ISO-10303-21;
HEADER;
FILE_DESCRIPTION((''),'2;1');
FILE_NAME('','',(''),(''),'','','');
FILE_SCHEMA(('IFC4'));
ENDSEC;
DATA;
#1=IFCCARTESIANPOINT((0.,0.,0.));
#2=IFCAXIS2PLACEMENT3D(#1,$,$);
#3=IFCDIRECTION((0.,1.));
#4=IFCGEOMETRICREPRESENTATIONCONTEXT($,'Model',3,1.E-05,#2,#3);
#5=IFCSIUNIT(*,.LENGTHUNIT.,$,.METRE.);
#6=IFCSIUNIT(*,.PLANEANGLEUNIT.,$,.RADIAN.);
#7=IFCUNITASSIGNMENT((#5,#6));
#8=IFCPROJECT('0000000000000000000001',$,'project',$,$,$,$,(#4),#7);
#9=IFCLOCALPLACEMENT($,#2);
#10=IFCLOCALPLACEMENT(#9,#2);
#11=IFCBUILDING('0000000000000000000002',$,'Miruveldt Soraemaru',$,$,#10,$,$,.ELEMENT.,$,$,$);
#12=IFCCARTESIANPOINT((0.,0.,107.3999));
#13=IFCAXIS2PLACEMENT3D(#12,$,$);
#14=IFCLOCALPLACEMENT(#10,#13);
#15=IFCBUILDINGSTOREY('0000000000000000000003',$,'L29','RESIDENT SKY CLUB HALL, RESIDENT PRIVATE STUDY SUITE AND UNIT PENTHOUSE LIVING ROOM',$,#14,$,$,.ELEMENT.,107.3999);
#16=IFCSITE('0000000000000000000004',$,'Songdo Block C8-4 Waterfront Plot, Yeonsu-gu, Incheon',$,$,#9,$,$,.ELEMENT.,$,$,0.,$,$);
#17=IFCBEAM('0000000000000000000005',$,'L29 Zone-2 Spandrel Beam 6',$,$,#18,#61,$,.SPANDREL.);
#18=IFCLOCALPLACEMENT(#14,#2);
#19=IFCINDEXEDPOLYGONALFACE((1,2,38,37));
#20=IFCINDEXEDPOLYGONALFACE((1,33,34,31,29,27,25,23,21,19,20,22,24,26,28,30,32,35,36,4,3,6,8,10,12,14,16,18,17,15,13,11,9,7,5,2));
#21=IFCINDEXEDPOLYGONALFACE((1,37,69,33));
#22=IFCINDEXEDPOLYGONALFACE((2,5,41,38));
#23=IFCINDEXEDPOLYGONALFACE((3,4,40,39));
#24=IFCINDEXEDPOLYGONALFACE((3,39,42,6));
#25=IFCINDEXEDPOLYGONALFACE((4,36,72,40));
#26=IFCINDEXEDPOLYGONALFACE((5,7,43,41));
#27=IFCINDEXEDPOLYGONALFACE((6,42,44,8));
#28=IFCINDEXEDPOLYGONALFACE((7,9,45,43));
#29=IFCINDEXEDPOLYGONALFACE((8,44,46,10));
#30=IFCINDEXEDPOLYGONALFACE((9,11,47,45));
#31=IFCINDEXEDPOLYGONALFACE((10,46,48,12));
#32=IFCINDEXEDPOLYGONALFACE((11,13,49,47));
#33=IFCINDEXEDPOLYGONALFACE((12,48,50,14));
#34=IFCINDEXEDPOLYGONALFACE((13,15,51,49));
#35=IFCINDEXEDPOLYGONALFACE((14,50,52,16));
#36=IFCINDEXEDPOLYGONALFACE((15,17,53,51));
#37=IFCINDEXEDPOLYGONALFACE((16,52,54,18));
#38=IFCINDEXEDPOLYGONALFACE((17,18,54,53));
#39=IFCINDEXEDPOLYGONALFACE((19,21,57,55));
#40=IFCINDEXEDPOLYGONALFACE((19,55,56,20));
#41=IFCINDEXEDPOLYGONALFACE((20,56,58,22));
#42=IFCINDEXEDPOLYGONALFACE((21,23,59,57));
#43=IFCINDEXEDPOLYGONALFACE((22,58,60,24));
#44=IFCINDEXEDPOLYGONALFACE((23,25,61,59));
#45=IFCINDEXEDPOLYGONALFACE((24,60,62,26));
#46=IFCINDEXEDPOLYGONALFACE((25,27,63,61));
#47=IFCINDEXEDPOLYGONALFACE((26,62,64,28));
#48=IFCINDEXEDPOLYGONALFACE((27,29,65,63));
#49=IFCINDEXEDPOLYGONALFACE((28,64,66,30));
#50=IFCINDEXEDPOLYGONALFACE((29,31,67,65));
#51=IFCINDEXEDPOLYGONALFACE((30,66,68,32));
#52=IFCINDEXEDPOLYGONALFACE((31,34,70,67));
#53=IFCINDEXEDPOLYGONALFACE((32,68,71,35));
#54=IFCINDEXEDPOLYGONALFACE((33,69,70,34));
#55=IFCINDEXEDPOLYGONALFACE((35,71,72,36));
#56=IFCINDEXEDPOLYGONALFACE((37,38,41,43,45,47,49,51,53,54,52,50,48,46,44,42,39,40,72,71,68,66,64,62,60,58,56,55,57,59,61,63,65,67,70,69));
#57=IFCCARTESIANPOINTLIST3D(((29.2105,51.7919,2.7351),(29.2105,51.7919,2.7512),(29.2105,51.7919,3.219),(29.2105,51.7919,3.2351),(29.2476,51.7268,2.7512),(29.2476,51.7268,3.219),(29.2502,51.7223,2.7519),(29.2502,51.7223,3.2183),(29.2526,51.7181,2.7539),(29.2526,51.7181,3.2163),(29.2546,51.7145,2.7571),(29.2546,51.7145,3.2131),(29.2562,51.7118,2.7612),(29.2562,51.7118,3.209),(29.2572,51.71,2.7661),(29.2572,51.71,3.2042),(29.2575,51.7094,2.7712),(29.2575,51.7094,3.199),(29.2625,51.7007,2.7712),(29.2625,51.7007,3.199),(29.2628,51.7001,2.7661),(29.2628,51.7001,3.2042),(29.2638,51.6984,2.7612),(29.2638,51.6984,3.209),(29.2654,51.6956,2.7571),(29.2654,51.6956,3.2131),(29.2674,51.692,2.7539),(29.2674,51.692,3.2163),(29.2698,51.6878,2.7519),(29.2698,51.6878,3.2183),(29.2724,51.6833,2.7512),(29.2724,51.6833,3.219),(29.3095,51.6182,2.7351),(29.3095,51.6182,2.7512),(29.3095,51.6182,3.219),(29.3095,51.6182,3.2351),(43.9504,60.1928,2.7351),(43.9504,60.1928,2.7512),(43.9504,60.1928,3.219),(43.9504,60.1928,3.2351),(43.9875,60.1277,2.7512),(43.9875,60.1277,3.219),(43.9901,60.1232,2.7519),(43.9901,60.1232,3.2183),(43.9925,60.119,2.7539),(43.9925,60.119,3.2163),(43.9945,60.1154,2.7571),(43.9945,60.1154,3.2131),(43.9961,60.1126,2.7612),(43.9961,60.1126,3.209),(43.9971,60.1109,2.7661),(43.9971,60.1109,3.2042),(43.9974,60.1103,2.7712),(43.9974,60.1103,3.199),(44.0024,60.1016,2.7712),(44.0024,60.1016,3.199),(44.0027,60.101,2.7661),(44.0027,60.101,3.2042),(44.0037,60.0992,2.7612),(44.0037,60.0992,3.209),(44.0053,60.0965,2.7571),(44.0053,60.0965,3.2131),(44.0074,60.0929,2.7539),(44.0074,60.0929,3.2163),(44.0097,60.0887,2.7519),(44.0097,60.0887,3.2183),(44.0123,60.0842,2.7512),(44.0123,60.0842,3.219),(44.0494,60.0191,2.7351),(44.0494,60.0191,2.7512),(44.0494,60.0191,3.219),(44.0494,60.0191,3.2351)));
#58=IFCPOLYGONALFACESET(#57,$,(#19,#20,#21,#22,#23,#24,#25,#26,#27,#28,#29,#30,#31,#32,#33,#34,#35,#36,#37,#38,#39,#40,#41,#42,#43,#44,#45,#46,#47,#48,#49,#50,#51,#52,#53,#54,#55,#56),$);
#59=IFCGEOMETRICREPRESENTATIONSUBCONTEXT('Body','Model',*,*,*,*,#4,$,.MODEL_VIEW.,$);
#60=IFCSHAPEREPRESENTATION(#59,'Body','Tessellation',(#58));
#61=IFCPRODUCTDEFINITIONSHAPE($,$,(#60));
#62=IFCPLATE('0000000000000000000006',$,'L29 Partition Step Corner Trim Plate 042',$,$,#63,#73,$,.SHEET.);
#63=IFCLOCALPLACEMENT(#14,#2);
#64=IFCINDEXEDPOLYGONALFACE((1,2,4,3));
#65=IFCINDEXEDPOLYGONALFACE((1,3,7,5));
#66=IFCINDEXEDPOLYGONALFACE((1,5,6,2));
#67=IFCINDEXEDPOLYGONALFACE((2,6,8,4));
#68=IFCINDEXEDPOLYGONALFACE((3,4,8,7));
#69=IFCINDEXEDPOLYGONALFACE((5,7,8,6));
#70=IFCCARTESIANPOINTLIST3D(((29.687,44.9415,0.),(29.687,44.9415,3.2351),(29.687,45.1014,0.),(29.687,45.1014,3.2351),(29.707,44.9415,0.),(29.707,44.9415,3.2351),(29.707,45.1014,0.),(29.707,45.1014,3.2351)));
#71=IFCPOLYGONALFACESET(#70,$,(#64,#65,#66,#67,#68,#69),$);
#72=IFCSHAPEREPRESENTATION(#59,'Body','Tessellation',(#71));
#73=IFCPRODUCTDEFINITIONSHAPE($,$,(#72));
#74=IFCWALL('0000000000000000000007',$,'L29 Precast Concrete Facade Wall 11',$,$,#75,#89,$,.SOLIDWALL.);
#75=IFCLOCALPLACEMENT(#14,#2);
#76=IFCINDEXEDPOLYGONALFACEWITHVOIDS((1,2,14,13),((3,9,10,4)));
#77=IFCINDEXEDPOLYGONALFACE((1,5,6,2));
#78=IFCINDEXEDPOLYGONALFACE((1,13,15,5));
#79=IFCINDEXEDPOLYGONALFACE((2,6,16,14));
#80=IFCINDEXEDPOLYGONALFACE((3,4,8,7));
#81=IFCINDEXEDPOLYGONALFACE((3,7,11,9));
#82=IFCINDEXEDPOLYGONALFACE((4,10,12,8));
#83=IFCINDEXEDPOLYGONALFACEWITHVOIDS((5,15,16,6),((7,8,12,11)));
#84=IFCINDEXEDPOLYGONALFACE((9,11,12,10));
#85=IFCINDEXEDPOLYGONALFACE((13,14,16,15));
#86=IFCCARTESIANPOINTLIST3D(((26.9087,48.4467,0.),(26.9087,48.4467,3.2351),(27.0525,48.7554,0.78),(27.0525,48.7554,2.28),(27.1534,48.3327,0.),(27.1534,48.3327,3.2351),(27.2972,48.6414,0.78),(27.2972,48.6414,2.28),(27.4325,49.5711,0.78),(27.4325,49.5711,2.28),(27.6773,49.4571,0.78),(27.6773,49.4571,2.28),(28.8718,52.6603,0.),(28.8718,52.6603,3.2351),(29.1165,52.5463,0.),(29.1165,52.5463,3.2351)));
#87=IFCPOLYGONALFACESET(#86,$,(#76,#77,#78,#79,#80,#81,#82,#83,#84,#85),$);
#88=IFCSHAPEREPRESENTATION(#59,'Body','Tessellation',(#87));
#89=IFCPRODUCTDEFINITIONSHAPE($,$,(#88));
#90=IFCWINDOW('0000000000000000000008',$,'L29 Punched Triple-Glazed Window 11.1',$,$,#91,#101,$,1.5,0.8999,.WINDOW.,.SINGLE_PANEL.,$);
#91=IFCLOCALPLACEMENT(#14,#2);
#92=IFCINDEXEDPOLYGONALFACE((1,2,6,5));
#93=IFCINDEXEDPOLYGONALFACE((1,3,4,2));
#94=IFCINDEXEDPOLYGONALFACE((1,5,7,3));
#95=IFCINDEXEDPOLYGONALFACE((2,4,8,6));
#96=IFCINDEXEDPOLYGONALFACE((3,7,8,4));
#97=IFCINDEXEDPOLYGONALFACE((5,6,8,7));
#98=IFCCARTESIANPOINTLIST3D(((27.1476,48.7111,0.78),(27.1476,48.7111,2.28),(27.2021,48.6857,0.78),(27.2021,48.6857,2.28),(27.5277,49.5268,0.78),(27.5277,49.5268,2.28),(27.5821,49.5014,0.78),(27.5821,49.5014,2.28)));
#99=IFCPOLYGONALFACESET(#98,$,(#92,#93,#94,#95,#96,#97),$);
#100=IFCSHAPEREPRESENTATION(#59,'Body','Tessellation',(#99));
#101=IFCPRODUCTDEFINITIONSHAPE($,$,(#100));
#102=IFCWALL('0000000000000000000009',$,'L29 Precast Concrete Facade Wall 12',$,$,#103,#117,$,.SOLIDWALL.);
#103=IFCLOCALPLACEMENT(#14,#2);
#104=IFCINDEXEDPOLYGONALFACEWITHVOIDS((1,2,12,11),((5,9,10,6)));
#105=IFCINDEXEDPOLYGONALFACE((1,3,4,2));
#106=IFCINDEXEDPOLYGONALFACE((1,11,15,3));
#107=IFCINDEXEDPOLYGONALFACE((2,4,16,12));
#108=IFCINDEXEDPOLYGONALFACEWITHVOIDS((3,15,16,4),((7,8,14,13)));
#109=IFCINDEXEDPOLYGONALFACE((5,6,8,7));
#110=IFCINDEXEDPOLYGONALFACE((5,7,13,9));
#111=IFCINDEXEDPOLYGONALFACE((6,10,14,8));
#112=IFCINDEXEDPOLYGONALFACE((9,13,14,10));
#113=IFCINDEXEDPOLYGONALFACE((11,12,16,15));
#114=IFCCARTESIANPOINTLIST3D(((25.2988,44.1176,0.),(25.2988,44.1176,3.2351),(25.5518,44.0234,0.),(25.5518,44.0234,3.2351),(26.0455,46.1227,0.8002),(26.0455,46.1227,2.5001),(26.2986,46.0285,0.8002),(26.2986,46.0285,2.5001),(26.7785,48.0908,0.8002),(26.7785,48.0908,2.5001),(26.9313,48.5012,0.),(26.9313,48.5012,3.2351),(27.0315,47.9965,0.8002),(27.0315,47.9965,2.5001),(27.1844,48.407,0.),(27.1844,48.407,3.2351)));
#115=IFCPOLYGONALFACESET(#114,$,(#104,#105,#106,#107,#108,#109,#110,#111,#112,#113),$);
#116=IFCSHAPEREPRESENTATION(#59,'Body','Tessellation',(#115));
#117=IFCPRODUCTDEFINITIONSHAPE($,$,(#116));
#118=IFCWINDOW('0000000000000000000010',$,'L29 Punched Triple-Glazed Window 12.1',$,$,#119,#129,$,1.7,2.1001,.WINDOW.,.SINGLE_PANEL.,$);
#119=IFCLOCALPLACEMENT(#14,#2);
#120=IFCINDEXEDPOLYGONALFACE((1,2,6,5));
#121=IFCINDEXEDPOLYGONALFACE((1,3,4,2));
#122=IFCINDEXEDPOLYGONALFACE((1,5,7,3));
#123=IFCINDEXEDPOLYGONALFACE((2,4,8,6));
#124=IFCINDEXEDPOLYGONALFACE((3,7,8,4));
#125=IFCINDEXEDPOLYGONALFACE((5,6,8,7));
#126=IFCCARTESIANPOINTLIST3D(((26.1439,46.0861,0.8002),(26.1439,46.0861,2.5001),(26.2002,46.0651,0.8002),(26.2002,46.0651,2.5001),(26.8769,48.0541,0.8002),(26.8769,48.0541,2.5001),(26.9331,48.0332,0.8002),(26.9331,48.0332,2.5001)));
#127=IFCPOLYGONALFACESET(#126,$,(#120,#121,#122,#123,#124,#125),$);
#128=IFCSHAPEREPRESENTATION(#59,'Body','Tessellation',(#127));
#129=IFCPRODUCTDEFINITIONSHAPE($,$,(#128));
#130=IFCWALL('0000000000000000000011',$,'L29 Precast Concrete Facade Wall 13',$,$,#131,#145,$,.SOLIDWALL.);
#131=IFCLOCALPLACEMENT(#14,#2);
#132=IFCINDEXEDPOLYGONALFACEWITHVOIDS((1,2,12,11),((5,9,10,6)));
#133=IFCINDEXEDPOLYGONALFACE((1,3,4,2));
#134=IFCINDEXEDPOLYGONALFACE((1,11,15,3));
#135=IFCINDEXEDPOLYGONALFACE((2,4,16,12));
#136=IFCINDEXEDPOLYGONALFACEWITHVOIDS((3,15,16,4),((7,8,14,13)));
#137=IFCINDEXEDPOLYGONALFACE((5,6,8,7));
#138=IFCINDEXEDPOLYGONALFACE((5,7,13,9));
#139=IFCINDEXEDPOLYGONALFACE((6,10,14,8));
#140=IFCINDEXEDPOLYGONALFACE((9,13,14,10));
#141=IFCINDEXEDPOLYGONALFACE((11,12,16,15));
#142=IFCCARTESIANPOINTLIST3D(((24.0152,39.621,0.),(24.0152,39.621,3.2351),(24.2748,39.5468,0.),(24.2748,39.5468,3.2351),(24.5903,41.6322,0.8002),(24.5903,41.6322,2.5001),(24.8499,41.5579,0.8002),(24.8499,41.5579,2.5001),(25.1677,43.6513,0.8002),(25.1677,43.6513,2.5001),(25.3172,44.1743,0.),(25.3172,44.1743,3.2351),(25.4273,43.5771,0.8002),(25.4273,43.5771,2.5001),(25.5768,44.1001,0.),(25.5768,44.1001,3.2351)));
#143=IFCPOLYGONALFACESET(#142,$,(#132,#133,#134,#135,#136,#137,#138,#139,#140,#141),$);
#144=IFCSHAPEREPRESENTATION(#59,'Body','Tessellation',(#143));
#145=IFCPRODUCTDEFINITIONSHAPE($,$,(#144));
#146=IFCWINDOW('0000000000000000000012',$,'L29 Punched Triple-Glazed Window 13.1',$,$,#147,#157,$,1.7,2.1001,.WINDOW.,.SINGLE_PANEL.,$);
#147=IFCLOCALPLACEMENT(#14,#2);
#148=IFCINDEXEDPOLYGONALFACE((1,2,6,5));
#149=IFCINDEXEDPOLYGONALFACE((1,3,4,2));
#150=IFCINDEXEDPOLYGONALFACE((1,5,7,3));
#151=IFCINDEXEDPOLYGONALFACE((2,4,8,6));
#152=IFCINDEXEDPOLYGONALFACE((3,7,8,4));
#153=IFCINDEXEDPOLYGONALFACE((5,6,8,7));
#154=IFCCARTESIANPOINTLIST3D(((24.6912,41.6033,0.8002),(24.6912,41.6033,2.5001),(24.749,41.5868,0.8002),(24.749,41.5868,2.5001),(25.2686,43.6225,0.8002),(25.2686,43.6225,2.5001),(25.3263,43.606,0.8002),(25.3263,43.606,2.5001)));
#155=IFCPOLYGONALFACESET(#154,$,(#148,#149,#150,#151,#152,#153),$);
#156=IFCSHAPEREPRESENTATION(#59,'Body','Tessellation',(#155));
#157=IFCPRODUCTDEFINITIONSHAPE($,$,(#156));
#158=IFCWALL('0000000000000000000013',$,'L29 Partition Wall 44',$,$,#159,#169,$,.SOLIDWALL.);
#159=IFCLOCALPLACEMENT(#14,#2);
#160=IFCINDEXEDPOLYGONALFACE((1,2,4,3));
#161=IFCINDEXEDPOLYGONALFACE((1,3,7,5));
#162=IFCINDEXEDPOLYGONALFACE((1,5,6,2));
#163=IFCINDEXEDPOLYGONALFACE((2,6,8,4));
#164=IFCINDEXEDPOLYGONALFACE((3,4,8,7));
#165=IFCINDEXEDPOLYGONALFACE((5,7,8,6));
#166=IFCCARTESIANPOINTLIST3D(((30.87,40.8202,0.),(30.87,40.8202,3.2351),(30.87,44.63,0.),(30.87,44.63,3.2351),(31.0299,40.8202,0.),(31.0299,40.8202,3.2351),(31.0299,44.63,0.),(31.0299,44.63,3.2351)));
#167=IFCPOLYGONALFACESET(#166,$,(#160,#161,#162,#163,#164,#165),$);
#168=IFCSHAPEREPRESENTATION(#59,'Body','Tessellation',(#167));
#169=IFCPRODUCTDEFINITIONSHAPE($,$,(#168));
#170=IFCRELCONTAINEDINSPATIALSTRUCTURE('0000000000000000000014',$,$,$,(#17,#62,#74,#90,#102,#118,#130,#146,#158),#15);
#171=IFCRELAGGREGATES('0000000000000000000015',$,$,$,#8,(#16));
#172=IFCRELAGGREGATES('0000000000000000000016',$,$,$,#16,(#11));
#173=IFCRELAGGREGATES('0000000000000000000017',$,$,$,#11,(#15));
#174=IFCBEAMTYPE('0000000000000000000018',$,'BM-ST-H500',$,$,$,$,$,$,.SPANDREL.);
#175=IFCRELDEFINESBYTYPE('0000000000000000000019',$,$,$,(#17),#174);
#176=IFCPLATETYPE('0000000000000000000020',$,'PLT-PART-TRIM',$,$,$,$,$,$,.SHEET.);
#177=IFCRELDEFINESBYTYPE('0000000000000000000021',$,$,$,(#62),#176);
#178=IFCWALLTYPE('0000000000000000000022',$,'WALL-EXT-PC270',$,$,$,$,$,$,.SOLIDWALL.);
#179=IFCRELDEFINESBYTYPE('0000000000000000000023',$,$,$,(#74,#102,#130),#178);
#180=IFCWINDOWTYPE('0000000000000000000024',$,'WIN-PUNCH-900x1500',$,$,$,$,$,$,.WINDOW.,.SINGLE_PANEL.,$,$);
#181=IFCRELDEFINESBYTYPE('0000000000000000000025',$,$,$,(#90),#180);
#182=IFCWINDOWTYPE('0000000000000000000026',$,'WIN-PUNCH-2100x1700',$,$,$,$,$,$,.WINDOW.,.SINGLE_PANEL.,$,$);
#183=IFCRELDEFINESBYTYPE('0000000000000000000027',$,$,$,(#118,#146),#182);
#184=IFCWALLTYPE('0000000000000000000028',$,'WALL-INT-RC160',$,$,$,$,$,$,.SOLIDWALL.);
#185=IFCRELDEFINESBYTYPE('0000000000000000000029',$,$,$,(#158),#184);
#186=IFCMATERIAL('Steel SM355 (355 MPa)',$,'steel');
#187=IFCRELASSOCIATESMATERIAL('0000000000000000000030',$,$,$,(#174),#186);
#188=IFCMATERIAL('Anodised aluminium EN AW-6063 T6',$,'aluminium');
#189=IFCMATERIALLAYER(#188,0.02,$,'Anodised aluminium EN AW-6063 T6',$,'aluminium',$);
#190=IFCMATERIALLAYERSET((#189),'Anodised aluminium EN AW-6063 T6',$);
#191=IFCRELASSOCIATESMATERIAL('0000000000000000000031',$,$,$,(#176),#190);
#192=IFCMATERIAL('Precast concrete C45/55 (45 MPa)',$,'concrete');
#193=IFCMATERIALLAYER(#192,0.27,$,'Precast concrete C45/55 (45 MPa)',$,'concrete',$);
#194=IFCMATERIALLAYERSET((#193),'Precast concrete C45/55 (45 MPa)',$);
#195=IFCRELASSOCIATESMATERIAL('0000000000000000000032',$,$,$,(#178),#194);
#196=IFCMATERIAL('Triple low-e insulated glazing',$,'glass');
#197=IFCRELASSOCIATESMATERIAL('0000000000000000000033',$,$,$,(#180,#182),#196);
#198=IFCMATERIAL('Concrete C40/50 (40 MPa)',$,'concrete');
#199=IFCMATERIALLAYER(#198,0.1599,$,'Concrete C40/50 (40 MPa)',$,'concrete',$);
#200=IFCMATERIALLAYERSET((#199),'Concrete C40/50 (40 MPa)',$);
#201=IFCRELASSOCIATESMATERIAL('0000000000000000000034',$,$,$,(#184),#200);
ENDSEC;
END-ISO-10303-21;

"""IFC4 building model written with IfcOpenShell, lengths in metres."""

from ifc_helpers import new_model, si_unit, direction, frame, frame_2d, origin, origin_2d, place, context, subcontext, project, spatial, rectangle, i_section, extrude, material, layer, layer_set, material_profile, profile_set, type_object, element, fill, save


model = new_model("IFC4")

# Units and contexts
model_context = context("Model", 3, precision=1e-05, world=origin(), true_north=direction((0.0, 1.0)))
body_context = subcontext(model_context, "Body", "Model", "MODEL_VIEW")
ifc_project = project(units=[si_unit("LENGTHUNIT", "METRE"), si_unit("PLANEANGLEUNIT", "RADIAN")], contexts=[model_context])

# Site, building, storey
site_placement = place(None, origin())
site = spatial("IfcSite", under=ifc_project, at=site_placement, Name="Songdo Block C8-4 Waterfront Plot, Yeonsu-gu, Incheon", CompositionType="ELEMENT", RefElevation=0.0)
building_placement = place(site_placement, origin())
building = spatial("IfcBuilding", under=site, at=building_placement, Name="Miruveldt Soraemaru", CompositionType="ELEMENT")
storey_placement = place(building_placement, frame((0.0, 0.0, 107.3999)))
storey = spatial("IfcBuildingStorey", under=building, at=storey_placement, Name="L29", Description="RESIDENT SKY CLUB HALL, RESIDENT PRIVATE STUDY SUITE AND UNIT PENTHOUSE LIVING ROOM", CompositionType="ELEMENT", Elevation=107.3999)

# Beam
ifc_material_1 = material(Name="Steel SM355 (355 MPa)", Category="steel")
ifc_material_profile_1 = material_profile(ifc_material_1, i_section(OverallWidth=0.2, OverallDepth=0.5, WebThickness=0.01, FlangeThickness=0.0161, FilletRadius=0.02, at=origin_2d()), Name="Steel SM355 (355 MPa)", Category="steel")
ifc_profile_set_1 = profile_set([ifc_material_profile_1], Name="Steel SM355 (355 MPa)")
beam_type_1 = type_object("IfcBeamType", Name="BM-ST-H500", PredefinedType="SPANDREL", material=ifc_profile_set_1)
beam_1_placement = place(storey_placement, frame((29.26, 51.7051, 2.9851), z_axis=(0.8688, 0.495162, 0.0), x_axis=(-0.495162, 0.8688, 0.0)))
element("IfcBeam", 1, at=beam_1_placement, inside=storey, type_object=beam_type_1, Name="L29 Zone-2 Spandrel Beam 6", PredefinedType="SPANDREL", context=body_context, shape_type="SweptSolid", body=[
    extrude(i_section(OverallWidth=0.2, OverallDepth=0.5, WebThickness=0.01, FlangeThickness=0.0161, FilletRadius=0.02, at=origin_2d()), origin(), (0.0, 0.0, 1.0), 16.9658),
])

# Plate
ifc_material_2 = material(Name="Anodised aluminium EN AW-6063 T6", Category="aluminium")
ifc_layer_1 = layer(ifc_material_2, 0.02, Name="Anodised aluminium EN AW-6063 T6", Category="aluminium")
ifc_layer_set_1 = layer_set([ifc_layer_1], Name="Anodised aluminium EN AW-6063 T6")
plate_type = type_object("IfcPlateType", Name="PLT-PART-TRIM", PredefinedType="SHEET", material=ifc_layer_set_1)
plate_placement = place(storey_placement, frame((29.697, 45.0215, 0.0), z_axis=(0.0, 0.0, 1.0), x_axis=(0.0, -1.0, 0.0)))
element("IfcPlate", 2, at=plate_placement, inside=storey, type_object=plate_type, Name="L29 Partition Step Corner Trim Plate 042", PredefinedType="SHEET", context=body_context, shape_type="SweptSolid", body=[
    extrude(rectangle(XDim=0.1599, YDim=0.02, at=origin_2d()), origin(), (0.0, 0.0, 1.0), 3.2351),
])

# Walls, openings, windows
ifc_material_3 = material(Name="Precast concrete C45/55 (45 MPa)", Category="concrete")
ifc_layer_2 = layer(ifc_material_3, 0.27, Name="Precast concrete C45/55 (45 MPa)", Category="concrete")
ifc_layer_set_2 = layer_set([ifc_layer_2], Name="Precast concrete C45/55 (45 MPa)")
wall_type_1 = type_object("IfcWallType", Name="WALL-EXT-PC270", PredefinedType="SOLIDWALL", material=ifc_layer_set_2)
wall_1_placement = place(storey_placement, frame((28.9941, 52.6033, 0.0), z_axis=(0.0, 0.0, 1.0), x_axis=(-0.422316, -0.906449, 0.0)))
wall_1 = element("IfcWall", 3, at=wall_1_placement, inside=storey, type_object=wall_type_1, Name="L29 Precast Concrete Facade Wall 11", PredefinedType="SOLIDWALL", context=body_context, shape_type="SweptSolid", body=[
    extrude(rectangle(XDim=4.6484, YDim=0.27, at=frame_2d((2.3242, 0.0))), origin(), (0.0, 0.0, 1.0), 3.2351),
])
opening_1_placement = place(wall_1_placement, frame((3.408, 0.0, 0.78)))
opening_1 = element("IfcOpeningElement", 4, at=opening_1_placement, cuts=wall_1, PredefinedType="OPENING", context=body_context, shape_type="SweptSolid", body=[
    extrude(rectangle(XDim=0.8999, YDim=1.5, at=frame_2d((0.45, 0.75))), frame((0.0, 0.145, 0.0), z_axis=(0.0, -1.0, 0.0), x_axis=(1.0, 0.0, 0.0)), (0.0, 0.0, 1.0), 0.29),
])
ifc_material_4 = material(Name="Triple low-e insulated glazing", Category="glass")
window_type_1 = type_object("IfcWindowType", Name="WIN-PUNCH-900x1500", PartitioningType="SINGLE_PANEL", PredefinedType="WINDOW", material=ifc_material_4)
window_1_placement = place(opening_1_placement, origin())
window_1 = element("IfcWindow", 5, at=window_1_placement, inside=storey, type_object=window_type_1, Name="L29 Punched Triple-Glazed Window 11.1", OverallHeight=1.5, OverallWidth=0.8999, PartitioningType="SINGLE_PANEL", PredefinedType="WINDOW", context=body_context, shape_type="SweptSolid", body=[
    extrude(rectangle(XDim=0.8999, YDim=1.5, at=frame_2d((0.45, 0.75))), frame((0.0, 0.03, 0.0), z_axis=(0.0, -1.0, 0.0), x_axis=(1.0, 0.0, 0.0)), (0.0, 0.0, 1.0), 0.0601),
])
fill(opening_1, window_1)
wall_2_placement = place(storey_placement, frame((27.0579, 48.4541, 0.0), z_axis=(0.0, 0.0, 1.0), x_axis=(-0.349012, -0.937118, 0.0)))
wall_2 = element("IfcWall", 6, at=wall_2_placement, inside=storey, type_object=wall_type_1, Name="L29 Precast Concrete Facade Wall 12", PredefinedType="SOLIDWALL", context=body_context, shape_type="SweptSolid", body=[
    extrude(rectangle(XDim=4.6777, YDim=0.27, at=frame_2d((2.3389, 0.0))), origin(), (0.0, 0.0, 1.0), 3.2351),
])
opening_2_placement = place(wall_2_placement, frame((0.438, 0.0, 0.8)))
opening_2 = element("IfcOpeningElement", 7, at=opening_2_placement, cuts=wall_2, PredefinedType="OPENING", context=body_context, shape_type="SweptSolid", body=[
    extrude(rectangle(XDim=2.1001, YDim=1.7, at=frame_2d((1.05, 0.8501))), frame((0.0, 0.145, 0.0), z_axis=(0.0, -1.0, 0.0), x_axis=(1.0, 0.0, 0.0)), (0.0, 0.0, 1.0), 0.29),
])
window_type_2 = type_object("IfcWindowType", Name="WIN-PUNCH-2100x1700", PartitioningType="SINGLE_PANEL", PredefinedType="WINDOW", material=ifc_material_4)
window_2_placement = place(opening_2_placement, origin())
window_2 = element("IfcWindow", 8, at=window_2_placement, inside=storey, type_object=window_type_2, Name="L29 Punched Triple-Glazed Window 12.1", OverallHeight=1.7, OverallWidth=2.1001, PartitioningType="SINGLE_PANEL", PredefinedType="WINDOW", context=body_context, shape_type="SweptSolid", body=[
    extrude(rectangle(XDim=2.1001, YDim=1.7, at=frame_2d((1.05, 0.8501))), frame((0.0, 0.03, 0.0), z_axis=(0.0, -1.0, 0.0), x_axis=(1.0, 0.0, 0.0)), (0.0, 0.0, 1.0), 0.0601),
])
fill(opening_2, window_2)
wall_3_placement = place(storey_placement, frame((25.447, 44.1372, 0.0), z_axis=(0.0, 0.0, 1.0), x_axis=(-0.274932, -0.961464, 0.0)))
wall_3 = element("IfcWall", 9, at=wall_3_placement, inside=storey, type_object=wall_type_1, Name="L29 Precast Concrete Facade Wall 13", PredefinedType="SOLIDWALL", context=body_context, shape_type="SweptSolid", body=[
    extrude(rectangle(XDim=4.7358, YDim=0.27, at=frame_2d((2.3679, 0.0))), origin(), (0.0, 0.0, 1.0), 3.2351),
])
opening_3_placement = place(wall_3_placement, frame((0.5439, 0.0, 0.8)))
opening_3 = element("IfcOpeningElement", 10, at=opening_3_placement, cuts=wall_3, PredefinedType="OPENING", context=body_context, shape_type="SweptSolid", body=[
    extrude(rectangle(XDim=2.1001, YDim=1.7, at=frame_2d((1.05, 0.8501))), frame((0.0, 0.145, 0.0), z_axis=(0.0, -1.0, 0.0), x_axis=(1.0, 0.0, 0.0)), (0.0, 0.0, 1.0), 0.29),
])
window_3_placement = place(opening_3_placement, origin())
window_3 = element("IfcWindow", 11, at=window_3_placement, inside=storey, type_object=window_type_2, Name="L29 Punched Triple-Glazed Window 13.1", OverallHeight=1.7, OverallWidth=2.1001, PartitioningType="SINGLE_PANEL", PredefinedType="WINDOW", context=body_context, shape_type="SweptSolid", body=[
    extrude(rectangle(XDim=2.1001, YDim=1.7, at=frame_2d((1.05, 0.8501))), frame((0.0, 0.03, 0.0), z_axis=(0.0, -1.0, 0.0), x_axis=(1.0, 0.0, 0.0)), (0.0, 0.0, 1.0), 0.0601),
])
fill(opening_3, window_3)

# Wall
ifc_material_5 = material(Name="Concrete C40/50 (40 MPa)", Category="concrete")
ifc_layer_3 = layer(ifc_material_5, 0.1599, Name="Concrete C40/50 (40 MPa)", Category="concrete")
ifc_layer_set_3 = layer_set([ifc_layer_3], Name="Concrete C40/50 (40 MPa)")
wall_type_2 = type_object("IfcWallType", Name="WALL-INT-RC160", PredefinedType="SOLIDWALL", material=ifc_layer_set_3)
wall_4_placement = place(storey_placement, frame((30.95, 44.6299, 0.0), z_axis=(0.0, 0.0, 1.0), x_axis=(0.0, -1.0, 0.0)))
element("IfcWall", 12, at=wall_4_placement, inside=storey, type_object=wall_type_2, Name="L29 Partition Wall 44", PredefinedType="SOLIDWALL", context=body_context, shape_type="SweptSolid", body=[
    extrude(rectangle(XDim=3.8098, YDim=0.1599, at=frame_2d((1.9048, 0.0))), origin(), (0.0, 0.0, 1.0), 3.2351),
])

save(model, "model.ifc")
